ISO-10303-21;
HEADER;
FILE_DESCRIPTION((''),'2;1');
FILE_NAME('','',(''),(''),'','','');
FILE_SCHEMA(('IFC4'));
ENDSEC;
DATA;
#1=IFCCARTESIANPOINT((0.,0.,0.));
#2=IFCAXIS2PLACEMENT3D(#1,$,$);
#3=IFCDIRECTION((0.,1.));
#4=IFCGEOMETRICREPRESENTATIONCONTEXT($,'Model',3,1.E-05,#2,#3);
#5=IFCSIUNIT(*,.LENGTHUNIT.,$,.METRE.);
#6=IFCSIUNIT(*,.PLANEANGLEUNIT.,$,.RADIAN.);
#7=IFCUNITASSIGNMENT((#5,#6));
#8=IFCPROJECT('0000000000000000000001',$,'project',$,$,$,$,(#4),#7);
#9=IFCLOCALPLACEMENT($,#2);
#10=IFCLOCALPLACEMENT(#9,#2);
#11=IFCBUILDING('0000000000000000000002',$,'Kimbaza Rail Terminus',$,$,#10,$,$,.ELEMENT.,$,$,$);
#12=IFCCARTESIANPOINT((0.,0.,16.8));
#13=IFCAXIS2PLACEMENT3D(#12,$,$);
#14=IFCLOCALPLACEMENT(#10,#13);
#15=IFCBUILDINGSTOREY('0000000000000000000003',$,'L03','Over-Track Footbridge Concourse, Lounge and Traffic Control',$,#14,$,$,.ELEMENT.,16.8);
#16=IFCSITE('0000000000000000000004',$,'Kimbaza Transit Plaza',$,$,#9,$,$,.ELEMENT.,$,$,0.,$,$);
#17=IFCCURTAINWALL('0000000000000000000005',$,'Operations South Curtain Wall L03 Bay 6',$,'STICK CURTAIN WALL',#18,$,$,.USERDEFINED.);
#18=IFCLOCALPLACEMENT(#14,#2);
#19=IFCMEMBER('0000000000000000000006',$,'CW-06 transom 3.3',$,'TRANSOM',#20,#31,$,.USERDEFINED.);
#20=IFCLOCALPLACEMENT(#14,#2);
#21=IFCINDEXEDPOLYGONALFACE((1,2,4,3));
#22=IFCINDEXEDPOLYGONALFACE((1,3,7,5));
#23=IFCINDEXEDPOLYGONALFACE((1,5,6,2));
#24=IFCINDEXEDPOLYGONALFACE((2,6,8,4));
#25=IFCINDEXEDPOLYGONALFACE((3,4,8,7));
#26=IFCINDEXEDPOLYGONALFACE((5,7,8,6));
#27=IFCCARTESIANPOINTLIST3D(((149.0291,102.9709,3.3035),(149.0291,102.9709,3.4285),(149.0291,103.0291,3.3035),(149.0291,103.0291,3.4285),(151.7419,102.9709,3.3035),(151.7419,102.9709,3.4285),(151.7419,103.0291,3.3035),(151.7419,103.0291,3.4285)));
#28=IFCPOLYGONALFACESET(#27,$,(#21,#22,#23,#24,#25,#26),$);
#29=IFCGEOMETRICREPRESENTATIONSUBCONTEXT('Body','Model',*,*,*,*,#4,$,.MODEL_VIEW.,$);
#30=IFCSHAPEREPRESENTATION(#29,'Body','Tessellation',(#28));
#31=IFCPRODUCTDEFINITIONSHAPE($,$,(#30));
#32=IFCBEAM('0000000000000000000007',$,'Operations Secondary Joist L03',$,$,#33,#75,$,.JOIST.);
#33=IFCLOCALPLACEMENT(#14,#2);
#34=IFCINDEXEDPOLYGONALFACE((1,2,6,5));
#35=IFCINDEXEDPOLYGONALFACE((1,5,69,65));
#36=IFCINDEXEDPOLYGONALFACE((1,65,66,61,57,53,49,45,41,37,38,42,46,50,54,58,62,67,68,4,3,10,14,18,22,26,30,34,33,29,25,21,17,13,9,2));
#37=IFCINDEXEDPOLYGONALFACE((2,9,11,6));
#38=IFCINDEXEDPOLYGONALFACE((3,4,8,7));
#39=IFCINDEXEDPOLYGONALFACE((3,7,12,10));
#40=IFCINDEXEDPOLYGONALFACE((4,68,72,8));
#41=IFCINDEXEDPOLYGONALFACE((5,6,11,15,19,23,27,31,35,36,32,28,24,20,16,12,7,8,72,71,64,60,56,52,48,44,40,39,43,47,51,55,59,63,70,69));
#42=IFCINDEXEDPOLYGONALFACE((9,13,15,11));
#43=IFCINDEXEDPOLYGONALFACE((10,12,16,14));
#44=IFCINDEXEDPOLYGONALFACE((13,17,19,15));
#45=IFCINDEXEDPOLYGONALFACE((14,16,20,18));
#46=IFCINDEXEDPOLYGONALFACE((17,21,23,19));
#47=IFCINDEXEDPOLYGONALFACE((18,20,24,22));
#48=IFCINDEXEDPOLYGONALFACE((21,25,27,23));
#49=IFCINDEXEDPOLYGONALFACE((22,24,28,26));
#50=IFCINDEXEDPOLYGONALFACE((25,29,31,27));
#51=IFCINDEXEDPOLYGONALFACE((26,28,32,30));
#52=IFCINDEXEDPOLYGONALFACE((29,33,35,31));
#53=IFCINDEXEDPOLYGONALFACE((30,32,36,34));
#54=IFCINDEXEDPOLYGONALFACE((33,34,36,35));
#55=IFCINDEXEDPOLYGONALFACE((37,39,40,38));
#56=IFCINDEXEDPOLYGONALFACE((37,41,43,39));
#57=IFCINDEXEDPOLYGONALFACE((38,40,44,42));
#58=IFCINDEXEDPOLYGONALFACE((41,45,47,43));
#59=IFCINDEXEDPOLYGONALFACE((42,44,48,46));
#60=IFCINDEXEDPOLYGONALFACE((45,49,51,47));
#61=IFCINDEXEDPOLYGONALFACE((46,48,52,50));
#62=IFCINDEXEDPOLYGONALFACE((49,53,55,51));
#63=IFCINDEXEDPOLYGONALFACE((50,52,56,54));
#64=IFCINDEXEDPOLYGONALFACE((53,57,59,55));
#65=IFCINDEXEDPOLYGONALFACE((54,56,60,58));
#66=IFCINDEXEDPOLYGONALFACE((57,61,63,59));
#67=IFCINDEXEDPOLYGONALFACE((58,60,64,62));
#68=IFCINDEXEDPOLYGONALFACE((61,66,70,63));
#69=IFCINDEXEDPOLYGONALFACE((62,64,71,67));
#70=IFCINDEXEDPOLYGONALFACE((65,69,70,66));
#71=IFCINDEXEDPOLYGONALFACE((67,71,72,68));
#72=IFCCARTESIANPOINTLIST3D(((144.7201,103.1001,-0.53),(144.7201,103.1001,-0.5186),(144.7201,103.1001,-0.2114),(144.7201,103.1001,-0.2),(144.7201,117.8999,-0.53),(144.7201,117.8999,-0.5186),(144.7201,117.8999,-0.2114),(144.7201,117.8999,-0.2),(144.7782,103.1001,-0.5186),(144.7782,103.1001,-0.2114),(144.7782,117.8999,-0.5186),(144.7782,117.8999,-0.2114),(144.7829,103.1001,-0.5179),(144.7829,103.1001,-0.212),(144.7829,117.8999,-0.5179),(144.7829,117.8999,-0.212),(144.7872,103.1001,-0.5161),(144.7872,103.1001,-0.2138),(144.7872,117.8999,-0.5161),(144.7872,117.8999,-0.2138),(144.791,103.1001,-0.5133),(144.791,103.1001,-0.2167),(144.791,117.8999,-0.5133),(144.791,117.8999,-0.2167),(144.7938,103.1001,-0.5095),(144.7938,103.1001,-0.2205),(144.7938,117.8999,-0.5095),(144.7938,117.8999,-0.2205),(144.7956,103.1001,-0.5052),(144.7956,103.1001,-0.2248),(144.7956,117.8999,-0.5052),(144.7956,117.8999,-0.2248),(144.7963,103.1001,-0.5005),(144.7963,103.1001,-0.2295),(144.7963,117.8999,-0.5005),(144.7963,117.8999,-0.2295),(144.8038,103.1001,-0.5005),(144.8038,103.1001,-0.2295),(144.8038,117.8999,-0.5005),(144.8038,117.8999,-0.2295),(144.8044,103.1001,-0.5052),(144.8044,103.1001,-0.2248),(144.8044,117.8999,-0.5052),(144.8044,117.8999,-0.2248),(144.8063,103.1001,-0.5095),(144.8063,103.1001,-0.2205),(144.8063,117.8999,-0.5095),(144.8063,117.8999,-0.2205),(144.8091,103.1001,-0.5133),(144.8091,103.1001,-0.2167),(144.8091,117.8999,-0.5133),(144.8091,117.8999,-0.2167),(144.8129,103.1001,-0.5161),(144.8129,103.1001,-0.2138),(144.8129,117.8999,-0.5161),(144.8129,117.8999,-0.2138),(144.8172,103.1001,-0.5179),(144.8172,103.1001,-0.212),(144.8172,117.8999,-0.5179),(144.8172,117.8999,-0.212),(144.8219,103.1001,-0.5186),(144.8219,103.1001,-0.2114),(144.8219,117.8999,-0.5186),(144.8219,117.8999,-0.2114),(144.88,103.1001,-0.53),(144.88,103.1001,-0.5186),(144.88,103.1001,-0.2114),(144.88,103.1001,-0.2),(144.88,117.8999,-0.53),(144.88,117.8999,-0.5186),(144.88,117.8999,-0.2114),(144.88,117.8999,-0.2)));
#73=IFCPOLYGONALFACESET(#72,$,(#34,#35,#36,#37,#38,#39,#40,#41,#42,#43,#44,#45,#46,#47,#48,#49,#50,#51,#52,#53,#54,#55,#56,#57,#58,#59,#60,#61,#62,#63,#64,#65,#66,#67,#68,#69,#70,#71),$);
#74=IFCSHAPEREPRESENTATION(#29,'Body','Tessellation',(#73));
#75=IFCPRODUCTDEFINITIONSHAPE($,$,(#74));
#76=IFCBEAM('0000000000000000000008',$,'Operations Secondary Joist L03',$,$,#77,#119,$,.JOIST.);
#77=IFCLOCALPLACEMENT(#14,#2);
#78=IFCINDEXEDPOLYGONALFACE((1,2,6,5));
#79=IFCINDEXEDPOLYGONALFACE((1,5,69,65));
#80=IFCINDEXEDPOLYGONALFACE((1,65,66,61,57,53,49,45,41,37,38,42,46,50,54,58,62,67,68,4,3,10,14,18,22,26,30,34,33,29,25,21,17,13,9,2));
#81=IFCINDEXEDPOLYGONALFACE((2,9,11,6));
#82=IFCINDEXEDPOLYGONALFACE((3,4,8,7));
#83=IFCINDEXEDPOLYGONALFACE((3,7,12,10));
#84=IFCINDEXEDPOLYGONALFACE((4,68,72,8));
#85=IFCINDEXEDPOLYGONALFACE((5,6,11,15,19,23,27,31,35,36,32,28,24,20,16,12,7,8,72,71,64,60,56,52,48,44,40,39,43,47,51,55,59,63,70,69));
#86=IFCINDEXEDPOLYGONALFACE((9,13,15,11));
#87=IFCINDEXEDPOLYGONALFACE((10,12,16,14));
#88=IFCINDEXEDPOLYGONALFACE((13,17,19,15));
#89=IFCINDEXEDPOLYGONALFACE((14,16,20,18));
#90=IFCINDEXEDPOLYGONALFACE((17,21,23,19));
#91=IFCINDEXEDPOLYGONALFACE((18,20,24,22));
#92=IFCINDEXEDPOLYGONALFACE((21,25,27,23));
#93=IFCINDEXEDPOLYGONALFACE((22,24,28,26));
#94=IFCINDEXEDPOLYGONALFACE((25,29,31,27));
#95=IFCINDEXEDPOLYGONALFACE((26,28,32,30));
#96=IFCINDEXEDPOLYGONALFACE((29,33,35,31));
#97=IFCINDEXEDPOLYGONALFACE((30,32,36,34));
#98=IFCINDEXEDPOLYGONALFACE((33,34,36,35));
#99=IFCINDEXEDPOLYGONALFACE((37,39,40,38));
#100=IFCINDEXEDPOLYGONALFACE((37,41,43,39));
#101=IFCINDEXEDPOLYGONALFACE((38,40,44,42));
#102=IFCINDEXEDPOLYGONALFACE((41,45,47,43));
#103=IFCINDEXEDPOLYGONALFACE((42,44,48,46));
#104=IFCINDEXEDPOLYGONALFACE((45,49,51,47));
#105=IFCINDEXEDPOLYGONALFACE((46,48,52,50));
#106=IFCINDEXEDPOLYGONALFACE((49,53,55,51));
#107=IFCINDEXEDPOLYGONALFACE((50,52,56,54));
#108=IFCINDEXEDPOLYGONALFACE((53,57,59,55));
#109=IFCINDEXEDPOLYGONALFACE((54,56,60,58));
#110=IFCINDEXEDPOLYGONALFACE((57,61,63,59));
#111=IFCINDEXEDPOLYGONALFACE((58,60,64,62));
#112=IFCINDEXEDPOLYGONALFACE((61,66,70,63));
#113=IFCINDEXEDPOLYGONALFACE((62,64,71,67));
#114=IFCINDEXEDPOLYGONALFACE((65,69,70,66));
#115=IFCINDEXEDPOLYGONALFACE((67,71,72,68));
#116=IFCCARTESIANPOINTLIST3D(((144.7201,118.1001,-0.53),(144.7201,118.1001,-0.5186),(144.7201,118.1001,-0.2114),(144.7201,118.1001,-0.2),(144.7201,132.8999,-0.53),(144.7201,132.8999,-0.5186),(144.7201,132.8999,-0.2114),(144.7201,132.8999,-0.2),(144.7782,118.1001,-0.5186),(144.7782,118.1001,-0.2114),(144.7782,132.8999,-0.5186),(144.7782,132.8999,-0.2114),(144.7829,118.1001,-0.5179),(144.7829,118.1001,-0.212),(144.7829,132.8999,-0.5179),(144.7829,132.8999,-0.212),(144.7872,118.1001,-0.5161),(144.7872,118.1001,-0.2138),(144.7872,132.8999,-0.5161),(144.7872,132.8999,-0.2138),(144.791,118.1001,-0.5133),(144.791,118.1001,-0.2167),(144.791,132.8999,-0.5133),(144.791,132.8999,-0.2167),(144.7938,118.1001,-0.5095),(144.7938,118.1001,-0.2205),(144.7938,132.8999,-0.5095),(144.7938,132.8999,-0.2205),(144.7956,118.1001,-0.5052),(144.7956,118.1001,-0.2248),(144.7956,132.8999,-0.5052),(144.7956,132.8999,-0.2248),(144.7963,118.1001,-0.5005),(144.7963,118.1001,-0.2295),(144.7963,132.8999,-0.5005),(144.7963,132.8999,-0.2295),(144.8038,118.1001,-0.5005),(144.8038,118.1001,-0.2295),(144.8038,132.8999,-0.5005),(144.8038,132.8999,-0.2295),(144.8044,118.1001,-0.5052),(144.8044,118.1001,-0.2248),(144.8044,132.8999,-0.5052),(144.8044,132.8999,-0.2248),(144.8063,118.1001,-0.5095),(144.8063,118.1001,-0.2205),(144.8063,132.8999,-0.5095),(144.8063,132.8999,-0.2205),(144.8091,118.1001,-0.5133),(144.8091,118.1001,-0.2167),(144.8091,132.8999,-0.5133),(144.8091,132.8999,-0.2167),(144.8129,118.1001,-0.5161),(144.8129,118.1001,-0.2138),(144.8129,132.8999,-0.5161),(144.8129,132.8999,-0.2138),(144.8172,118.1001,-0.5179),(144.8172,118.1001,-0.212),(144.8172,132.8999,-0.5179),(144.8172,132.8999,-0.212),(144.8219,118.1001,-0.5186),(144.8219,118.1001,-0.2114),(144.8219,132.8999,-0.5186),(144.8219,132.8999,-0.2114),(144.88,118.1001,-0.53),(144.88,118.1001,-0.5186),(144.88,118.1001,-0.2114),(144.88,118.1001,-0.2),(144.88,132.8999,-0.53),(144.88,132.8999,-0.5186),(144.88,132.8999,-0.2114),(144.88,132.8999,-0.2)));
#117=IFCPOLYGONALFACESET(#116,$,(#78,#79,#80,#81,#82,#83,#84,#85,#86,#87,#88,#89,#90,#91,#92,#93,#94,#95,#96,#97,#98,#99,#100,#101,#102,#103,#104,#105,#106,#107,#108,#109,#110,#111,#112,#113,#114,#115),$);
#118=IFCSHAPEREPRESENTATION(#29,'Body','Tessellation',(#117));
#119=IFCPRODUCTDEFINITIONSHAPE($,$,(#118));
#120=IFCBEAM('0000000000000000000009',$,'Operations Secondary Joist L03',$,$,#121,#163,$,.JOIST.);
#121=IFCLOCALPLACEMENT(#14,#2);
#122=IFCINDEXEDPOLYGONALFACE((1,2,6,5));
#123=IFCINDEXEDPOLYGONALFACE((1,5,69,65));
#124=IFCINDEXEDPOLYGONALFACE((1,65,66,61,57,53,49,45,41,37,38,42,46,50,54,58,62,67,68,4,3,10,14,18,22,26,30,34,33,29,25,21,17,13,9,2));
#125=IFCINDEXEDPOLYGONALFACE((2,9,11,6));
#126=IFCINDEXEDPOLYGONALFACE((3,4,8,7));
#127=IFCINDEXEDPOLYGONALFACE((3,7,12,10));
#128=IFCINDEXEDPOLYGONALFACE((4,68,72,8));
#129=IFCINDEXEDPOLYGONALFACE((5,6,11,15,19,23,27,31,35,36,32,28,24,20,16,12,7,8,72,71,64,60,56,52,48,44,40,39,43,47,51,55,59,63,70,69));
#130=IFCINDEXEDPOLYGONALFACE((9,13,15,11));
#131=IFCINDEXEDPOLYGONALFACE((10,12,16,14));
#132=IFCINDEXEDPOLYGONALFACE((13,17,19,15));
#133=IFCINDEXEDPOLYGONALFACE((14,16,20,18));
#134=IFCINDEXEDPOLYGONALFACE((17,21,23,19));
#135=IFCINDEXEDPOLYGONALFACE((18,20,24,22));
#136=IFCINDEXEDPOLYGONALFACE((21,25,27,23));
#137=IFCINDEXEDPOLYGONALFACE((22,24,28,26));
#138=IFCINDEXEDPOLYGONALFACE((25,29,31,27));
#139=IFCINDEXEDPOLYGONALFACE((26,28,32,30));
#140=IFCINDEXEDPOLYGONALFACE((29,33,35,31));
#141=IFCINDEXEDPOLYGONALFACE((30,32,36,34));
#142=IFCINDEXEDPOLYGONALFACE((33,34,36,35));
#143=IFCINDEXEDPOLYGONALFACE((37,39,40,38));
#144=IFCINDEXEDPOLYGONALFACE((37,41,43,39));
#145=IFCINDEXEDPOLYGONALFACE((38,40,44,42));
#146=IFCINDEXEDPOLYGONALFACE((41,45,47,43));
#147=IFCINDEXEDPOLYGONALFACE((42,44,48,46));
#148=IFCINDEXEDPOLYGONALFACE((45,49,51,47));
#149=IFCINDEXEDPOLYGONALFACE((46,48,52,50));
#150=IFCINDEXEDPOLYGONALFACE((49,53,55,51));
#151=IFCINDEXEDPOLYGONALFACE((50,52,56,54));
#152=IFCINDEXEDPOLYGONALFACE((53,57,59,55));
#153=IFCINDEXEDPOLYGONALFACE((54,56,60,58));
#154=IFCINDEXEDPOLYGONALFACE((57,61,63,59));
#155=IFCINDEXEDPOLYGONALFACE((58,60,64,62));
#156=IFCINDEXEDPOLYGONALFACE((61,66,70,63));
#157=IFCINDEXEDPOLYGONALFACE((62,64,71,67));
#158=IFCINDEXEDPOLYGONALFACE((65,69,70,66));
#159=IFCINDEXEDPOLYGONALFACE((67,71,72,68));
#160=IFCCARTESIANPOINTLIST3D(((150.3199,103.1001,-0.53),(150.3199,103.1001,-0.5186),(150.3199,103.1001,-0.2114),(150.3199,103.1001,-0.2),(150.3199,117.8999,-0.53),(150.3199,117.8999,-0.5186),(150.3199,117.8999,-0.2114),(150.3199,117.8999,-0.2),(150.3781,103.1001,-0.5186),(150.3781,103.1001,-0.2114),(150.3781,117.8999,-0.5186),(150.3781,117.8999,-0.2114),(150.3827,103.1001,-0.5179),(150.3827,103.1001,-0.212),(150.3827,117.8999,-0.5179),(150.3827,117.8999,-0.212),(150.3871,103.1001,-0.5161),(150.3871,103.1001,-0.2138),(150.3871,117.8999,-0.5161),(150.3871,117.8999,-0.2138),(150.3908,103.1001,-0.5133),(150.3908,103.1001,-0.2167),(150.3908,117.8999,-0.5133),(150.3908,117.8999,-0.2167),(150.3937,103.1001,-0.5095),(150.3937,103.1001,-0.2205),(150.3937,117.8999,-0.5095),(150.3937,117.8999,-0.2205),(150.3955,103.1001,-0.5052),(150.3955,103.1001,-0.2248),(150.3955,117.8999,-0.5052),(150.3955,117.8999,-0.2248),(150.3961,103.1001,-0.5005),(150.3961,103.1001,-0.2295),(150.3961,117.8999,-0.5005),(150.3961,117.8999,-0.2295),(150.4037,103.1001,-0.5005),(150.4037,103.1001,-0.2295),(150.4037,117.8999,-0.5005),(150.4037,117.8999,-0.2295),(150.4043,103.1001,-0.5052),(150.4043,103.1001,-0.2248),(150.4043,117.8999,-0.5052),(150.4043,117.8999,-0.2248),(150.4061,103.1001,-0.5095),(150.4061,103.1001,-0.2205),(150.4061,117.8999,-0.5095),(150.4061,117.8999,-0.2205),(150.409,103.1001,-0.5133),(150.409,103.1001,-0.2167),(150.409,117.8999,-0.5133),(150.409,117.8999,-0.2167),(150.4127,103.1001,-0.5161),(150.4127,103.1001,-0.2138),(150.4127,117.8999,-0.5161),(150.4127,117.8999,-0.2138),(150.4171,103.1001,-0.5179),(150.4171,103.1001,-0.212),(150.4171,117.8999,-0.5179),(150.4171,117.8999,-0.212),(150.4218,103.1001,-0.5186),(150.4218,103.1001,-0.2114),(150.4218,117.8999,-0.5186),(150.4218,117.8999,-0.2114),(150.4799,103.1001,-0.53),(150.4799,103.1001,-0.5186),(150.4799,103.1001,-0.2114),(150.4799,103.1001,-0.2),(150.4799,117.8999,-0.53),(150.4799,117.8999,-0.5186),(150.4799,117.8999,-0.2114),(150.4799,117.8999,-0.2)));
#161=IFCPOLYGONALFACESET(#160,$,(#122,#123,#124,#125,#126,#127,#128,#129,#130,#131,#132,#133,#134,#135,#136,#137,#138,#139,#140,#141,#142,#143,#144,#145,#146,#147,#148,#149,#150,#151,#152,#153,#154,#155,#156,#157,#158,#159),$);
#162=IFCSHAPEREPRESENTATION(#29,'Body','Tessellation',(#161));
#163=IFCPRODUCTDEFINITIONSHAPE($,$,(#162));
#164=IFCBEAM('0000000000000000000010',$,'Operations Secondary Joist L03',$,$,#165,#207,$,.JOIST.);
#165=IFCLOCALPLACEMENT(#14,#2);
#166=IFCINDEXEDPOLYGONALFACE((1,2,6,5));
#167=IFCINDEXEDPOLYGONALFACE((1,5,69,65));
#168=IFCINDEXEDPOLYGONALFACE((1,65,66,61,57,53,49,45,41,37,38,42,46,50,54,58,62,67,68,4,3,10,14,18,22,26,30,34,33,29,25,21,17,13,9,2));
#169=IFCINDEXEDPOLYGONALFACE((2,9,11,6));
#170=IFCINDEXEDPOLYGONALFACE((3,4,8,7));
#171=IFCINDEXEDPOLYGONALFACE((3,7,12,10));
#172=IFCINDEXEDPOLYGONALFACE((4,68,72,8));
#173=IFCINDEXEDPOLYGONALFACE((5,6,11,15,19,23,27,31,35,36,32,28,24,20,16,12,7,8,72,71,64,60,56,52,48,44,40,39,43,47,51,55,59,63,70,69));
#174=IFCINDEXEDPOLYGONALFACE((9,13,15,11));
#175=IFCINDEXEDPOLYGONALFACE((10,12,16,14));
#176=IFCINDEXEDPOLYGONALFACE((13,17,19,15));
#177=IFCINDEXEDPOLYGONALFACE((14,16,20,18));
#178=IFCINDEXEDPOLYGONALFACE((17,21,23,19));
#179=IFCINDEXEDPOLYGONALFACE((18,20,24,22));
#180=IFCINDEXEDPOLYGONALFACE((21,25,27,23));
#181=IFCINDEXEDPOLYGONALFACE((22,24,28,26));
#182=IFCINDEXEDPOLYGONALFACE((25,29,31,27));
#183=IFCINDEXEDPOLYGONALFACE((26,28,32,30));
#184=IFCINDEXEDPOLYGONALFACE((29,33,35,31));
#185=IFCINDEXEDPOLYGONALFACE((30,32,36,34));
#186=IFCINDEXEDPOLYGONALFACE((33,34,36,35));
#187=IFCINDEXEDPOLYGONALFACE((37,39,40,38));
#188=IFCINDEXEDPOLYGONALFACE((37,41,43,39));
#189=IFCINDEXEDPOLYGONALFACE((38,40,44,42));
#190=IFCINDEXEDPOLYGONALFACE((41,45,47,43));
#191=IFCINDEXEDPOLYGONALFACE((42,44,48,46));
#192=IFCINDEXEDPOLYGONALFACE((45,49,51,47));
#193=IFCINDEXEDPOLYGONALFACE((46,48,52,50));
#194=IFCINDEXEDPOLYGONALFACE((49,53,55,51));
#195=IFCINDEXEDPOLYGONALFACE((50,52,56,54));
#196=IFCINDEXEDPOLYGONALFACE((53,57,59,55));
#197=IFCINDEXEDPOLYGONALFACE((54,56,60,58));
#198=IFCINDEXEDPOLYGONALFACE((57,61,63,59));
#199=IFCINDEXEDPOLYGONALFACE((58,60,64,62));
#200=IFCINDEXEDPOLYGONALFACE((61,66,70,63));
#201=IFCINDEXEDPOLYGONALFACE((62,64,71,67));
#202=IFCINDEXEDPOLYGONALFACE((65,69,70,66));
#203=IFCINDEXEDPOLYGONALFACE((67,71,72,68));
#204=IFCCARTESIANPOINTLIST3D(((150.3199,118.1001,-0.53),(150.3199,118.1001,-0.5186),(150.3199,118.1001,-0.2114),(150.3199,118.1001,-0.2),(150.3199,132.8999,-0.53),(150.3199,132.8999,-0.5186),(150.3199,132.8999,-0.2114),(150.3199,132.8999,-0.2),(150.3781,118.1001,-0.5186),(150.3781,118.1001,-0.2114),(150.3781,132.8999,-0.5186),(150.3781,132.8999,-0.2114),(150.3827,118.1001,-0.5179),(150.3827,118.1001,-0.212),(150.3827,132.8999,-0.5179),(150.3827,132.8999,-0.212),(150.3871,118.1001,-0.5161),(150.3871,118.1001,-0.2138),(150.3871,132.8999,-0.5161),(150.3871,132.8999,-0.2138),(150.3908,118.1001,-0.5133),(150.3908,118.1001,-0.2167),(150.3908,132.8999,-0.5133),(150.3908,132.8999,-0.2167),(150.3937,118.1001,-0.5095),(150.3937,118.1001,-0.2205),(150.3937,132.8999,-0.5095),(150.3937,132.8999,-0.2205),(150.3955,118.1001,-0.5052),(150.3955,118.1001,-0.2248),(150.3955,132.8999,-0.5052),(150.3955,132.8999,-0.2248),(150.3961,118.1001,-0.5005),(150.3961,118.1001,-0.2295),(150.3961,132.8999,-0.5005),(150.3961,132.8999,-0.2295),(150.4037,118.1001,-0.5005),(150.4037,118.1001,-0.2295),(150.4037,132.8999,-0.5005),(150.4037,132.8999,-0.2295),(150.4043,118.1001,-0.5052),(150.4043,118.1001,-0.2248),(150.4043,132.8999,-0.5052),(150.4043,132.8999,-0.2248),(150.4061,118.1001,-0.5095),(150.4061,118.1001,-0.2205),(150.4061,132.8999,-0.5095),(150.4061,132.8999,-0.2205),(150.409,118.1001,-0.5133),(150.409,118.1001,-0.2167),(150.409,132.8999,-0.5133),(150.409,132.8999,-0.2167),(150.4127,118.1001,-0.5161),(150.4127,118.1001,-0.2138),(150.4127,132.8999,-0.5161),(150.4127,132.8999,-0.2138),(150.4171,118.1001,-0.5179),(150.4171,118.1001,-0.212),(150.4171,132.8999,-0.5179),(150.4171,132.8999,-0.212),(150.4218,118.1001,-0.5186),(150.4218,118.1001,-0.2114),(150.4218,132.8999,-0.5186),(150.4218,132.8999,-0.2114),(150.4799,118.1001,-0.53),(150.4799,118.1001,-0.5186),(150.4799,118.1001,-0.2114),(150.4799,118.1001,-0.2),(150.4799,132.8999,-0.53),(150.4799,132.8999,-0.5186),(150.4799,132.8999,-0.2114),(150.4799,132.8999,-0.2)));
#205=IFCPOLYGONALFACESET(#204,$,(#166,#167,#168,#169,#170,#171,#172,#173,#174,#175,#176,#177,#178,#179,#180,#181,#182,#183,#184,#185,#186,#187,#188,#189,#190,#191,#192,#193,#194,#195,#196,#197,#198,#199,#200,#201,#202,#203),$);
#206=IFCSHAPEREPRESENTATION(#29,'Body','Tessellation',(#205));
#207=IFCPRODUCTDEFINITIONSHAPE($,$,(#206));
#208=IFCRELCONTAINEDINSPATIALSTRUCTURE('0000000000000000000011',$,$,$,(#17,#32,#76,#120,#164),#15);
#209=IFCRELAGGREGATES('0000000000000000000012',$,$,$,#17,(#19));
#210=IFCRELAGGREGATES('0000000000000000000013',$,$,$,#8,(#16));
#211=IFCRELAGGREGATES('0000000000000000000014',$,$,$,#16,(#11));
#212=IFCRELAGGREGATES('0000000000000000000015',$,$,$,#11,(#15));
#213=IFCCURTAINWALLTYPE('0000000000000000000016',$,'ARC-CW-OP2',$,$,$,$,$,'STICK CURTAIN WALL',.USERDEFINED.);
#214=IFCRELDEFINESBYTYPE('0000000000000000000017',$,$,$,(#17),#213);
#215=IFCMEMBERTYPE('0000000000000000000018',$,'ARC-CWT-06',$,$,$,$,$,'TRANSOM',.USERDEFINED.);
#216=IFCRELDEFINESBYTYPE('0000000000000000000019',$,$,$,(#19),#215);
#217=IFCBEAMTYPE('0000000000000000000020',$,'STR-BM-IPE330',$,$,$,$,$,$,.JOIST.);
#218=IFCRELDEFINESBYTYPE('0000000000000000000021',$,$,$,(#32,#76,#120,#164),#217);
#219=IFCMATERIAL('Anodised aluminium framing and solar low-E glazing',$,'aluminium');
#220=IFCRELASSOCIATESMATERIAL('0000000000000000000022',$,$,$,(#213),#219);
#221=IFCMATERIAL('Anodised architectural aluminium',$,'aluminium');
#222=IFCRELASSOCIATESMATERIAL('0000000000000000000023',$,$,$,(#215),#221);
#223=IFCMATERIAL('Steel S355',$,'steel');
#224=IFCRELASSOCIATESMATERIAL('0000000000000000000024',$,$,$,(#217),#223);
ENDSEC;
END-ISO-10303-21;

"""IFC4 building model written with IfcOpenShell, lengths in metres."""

from ifc_helpers import new_model, si_unit, direction, frame, origin, origin_2d, place, context, subcontext, project, spatial, rectangle, i_section, extrude, material, material_profile, profile_set, type_object, element, aggregate, save


model = new_model("IFC4")

# Units and contexts
model_context = context("Model", 3, precision=1e-05, world=origin(), true_north=direction((0.0, 1.0)))
body_context = subcontext(model_context, "Body", "Model", "MODEL_VIEW")
ifc_project = project(units=[si_unit("LENGTHUNIT", "METRE"), si_unit("PLANEANGLEUNIT", "RADIAN")], contexts=[model_context])

# Site, building, storey
site_placement = place(None, origin())
site = spatial("IfcSite", under=ifc_project, at=site_placement, Name="Kimbaza Transit Plaza", CompositionType="ELEMENT", RefElevation=0.0)
building_placement = place(site_placement, origin())
building = spatial("IfcBuilding", under=site, at=building_placement, Name="Kimbaza Rail Terminus", CompositionType="ELEMENT")
storey_placement = place(building_placement, frame((0.0, 0.0, 16.8)))
storey = spatial("IfcBuildingStorey", under=building, at=storey_placement, Name="L03", Description="Over-Track Footbridge Concourse, Lounge and Traffic Control", CompositionType="ELEMENT", Elevation=16.8)

# Curtain wall, member
ifc_material_1 = material(Name="Anodised aluminium framing and solar low-E glazing", Category="aluminium")
curtain_wall_type = type_object("IfcCurtainWallType", Name="ARC-CW-OP2", ElementType="STICK CURTAIN WALL", PredefinedType="USERDEFINED", material=ifc_material_1)
curtain_wall_placement = place(storey_placement, origin())
curtain_wall = element("IfcCurtainWall", 1, at=curtain_wall_placement, inside=storey, type_object=curtain_wall_type, Name="Operations South Curtain Wall L03 Bay 6", ObjectType="STICK CURTAIN WALL", PredefinedType="USERDEFINED")
ifc_material_2 = material(Name="Anodised architectural aluminium", Category="aluminium")
ifc_material_profile_1 = material_profile(ifc_material_2, rectangle(XDim=0.0581, YDim=0.125, at=origin_2d()), Name="TRANSOM 58x125")
ifc_profile_set_1 = profile_set([ifc_material_profile_1], Name="Anodised architectural aluminium")
member_type_1 = type_object("IfcMemberType", Name="ARC-CWT-06", ElementType="TRANSOM", PredefinedType="USERDEFINED", material=ifc_profile_set_1)
member_1_placement = place(storey_placement, frame((149.0291, 103.0, 3.366), z_axis=(1.0, 0.0, 0.0), x_axis=(0.0, 1.0, 0.0)))
member_1 = element("IfcMember", 2, at=member_1_placement, type_object=member_type_1, Name="CW-06 transom 3.3", ObjectType="TRANSOM", PredefinedType="USERDEFINED", context=body_context, shape_type="SweptSolid", body=[
    extrude(rectangle(XDim=0.0581, YDim=0.125, at=origin_2d()), origin(), (0.0, 0.0, 1.0), 2.7129),
])

# Beams
ifc_material_3 = material(Name="Steel S355", Category="steel")
ifc_material_profile_2 = material_profile(ifc_material_3, i_section(OverallWidth=0.1599, OverallDepth=0.3301, WebThickness=0.0076, FlangeThickness=0.0115, FilletRadius=0.0181, at=origin_2d()), Name="IPE 330")
ifc_profile_set_2 = profile_set([ifc_material_profile_2], Name="Steel S355")
beam_type_1 = type_object("IfcBeamType", Name="STR-BM-IPE330", PredefinedType="JOIST", material=ifc_profile_set_2)
for number, where, z_axis, x_axis, name in (
    (3, (144.8, 103.1001, -0.365), (0.0, 1.0, 0.0), (-1.0, 0.0, 0.0), "Operations Secondary Joist L03"),
    (4, (144.8, 118.1001, -0.365), (0.0, 1.0, 0.0), (-1.0, 0.0, 0.0), "Operations Secondary Joist L03"),
    (5, (150.3999, 103.1001, -0.365), (0.0, 1.0, 0.0), (-1.0, 0.0, 0.0), "Operations Secondary Joist L03"),
    (6, (150.3999, 118.1001, -0.365), (0.0, 1.0, 0.0), (-1.0, 0.0, 0.0), "Operations Secondary Joist L03"),
):
    element("IfcBeam", number, at=place(storey_placement, frame(where, z_axis=z_axis, x_axis=x_axis)), inside=storey, type_object=beam_type_1, Name=name, PredefinedType="JOIST", context=body_context, shape_type="SweptSolid", body=[
        extrude(i_section(OverallWidth=0.1599, OverallDepth=0.3301, WebThickness=0.0076, FlangeThickness=0.0115, FilletRadius=0.0181, at=origin_2d()), origin(), (0.0, 0.0, 1.0), 14.7998),
    ])

aggregate(curtain_wall, [member_1])

save(model, "model.ifc")
